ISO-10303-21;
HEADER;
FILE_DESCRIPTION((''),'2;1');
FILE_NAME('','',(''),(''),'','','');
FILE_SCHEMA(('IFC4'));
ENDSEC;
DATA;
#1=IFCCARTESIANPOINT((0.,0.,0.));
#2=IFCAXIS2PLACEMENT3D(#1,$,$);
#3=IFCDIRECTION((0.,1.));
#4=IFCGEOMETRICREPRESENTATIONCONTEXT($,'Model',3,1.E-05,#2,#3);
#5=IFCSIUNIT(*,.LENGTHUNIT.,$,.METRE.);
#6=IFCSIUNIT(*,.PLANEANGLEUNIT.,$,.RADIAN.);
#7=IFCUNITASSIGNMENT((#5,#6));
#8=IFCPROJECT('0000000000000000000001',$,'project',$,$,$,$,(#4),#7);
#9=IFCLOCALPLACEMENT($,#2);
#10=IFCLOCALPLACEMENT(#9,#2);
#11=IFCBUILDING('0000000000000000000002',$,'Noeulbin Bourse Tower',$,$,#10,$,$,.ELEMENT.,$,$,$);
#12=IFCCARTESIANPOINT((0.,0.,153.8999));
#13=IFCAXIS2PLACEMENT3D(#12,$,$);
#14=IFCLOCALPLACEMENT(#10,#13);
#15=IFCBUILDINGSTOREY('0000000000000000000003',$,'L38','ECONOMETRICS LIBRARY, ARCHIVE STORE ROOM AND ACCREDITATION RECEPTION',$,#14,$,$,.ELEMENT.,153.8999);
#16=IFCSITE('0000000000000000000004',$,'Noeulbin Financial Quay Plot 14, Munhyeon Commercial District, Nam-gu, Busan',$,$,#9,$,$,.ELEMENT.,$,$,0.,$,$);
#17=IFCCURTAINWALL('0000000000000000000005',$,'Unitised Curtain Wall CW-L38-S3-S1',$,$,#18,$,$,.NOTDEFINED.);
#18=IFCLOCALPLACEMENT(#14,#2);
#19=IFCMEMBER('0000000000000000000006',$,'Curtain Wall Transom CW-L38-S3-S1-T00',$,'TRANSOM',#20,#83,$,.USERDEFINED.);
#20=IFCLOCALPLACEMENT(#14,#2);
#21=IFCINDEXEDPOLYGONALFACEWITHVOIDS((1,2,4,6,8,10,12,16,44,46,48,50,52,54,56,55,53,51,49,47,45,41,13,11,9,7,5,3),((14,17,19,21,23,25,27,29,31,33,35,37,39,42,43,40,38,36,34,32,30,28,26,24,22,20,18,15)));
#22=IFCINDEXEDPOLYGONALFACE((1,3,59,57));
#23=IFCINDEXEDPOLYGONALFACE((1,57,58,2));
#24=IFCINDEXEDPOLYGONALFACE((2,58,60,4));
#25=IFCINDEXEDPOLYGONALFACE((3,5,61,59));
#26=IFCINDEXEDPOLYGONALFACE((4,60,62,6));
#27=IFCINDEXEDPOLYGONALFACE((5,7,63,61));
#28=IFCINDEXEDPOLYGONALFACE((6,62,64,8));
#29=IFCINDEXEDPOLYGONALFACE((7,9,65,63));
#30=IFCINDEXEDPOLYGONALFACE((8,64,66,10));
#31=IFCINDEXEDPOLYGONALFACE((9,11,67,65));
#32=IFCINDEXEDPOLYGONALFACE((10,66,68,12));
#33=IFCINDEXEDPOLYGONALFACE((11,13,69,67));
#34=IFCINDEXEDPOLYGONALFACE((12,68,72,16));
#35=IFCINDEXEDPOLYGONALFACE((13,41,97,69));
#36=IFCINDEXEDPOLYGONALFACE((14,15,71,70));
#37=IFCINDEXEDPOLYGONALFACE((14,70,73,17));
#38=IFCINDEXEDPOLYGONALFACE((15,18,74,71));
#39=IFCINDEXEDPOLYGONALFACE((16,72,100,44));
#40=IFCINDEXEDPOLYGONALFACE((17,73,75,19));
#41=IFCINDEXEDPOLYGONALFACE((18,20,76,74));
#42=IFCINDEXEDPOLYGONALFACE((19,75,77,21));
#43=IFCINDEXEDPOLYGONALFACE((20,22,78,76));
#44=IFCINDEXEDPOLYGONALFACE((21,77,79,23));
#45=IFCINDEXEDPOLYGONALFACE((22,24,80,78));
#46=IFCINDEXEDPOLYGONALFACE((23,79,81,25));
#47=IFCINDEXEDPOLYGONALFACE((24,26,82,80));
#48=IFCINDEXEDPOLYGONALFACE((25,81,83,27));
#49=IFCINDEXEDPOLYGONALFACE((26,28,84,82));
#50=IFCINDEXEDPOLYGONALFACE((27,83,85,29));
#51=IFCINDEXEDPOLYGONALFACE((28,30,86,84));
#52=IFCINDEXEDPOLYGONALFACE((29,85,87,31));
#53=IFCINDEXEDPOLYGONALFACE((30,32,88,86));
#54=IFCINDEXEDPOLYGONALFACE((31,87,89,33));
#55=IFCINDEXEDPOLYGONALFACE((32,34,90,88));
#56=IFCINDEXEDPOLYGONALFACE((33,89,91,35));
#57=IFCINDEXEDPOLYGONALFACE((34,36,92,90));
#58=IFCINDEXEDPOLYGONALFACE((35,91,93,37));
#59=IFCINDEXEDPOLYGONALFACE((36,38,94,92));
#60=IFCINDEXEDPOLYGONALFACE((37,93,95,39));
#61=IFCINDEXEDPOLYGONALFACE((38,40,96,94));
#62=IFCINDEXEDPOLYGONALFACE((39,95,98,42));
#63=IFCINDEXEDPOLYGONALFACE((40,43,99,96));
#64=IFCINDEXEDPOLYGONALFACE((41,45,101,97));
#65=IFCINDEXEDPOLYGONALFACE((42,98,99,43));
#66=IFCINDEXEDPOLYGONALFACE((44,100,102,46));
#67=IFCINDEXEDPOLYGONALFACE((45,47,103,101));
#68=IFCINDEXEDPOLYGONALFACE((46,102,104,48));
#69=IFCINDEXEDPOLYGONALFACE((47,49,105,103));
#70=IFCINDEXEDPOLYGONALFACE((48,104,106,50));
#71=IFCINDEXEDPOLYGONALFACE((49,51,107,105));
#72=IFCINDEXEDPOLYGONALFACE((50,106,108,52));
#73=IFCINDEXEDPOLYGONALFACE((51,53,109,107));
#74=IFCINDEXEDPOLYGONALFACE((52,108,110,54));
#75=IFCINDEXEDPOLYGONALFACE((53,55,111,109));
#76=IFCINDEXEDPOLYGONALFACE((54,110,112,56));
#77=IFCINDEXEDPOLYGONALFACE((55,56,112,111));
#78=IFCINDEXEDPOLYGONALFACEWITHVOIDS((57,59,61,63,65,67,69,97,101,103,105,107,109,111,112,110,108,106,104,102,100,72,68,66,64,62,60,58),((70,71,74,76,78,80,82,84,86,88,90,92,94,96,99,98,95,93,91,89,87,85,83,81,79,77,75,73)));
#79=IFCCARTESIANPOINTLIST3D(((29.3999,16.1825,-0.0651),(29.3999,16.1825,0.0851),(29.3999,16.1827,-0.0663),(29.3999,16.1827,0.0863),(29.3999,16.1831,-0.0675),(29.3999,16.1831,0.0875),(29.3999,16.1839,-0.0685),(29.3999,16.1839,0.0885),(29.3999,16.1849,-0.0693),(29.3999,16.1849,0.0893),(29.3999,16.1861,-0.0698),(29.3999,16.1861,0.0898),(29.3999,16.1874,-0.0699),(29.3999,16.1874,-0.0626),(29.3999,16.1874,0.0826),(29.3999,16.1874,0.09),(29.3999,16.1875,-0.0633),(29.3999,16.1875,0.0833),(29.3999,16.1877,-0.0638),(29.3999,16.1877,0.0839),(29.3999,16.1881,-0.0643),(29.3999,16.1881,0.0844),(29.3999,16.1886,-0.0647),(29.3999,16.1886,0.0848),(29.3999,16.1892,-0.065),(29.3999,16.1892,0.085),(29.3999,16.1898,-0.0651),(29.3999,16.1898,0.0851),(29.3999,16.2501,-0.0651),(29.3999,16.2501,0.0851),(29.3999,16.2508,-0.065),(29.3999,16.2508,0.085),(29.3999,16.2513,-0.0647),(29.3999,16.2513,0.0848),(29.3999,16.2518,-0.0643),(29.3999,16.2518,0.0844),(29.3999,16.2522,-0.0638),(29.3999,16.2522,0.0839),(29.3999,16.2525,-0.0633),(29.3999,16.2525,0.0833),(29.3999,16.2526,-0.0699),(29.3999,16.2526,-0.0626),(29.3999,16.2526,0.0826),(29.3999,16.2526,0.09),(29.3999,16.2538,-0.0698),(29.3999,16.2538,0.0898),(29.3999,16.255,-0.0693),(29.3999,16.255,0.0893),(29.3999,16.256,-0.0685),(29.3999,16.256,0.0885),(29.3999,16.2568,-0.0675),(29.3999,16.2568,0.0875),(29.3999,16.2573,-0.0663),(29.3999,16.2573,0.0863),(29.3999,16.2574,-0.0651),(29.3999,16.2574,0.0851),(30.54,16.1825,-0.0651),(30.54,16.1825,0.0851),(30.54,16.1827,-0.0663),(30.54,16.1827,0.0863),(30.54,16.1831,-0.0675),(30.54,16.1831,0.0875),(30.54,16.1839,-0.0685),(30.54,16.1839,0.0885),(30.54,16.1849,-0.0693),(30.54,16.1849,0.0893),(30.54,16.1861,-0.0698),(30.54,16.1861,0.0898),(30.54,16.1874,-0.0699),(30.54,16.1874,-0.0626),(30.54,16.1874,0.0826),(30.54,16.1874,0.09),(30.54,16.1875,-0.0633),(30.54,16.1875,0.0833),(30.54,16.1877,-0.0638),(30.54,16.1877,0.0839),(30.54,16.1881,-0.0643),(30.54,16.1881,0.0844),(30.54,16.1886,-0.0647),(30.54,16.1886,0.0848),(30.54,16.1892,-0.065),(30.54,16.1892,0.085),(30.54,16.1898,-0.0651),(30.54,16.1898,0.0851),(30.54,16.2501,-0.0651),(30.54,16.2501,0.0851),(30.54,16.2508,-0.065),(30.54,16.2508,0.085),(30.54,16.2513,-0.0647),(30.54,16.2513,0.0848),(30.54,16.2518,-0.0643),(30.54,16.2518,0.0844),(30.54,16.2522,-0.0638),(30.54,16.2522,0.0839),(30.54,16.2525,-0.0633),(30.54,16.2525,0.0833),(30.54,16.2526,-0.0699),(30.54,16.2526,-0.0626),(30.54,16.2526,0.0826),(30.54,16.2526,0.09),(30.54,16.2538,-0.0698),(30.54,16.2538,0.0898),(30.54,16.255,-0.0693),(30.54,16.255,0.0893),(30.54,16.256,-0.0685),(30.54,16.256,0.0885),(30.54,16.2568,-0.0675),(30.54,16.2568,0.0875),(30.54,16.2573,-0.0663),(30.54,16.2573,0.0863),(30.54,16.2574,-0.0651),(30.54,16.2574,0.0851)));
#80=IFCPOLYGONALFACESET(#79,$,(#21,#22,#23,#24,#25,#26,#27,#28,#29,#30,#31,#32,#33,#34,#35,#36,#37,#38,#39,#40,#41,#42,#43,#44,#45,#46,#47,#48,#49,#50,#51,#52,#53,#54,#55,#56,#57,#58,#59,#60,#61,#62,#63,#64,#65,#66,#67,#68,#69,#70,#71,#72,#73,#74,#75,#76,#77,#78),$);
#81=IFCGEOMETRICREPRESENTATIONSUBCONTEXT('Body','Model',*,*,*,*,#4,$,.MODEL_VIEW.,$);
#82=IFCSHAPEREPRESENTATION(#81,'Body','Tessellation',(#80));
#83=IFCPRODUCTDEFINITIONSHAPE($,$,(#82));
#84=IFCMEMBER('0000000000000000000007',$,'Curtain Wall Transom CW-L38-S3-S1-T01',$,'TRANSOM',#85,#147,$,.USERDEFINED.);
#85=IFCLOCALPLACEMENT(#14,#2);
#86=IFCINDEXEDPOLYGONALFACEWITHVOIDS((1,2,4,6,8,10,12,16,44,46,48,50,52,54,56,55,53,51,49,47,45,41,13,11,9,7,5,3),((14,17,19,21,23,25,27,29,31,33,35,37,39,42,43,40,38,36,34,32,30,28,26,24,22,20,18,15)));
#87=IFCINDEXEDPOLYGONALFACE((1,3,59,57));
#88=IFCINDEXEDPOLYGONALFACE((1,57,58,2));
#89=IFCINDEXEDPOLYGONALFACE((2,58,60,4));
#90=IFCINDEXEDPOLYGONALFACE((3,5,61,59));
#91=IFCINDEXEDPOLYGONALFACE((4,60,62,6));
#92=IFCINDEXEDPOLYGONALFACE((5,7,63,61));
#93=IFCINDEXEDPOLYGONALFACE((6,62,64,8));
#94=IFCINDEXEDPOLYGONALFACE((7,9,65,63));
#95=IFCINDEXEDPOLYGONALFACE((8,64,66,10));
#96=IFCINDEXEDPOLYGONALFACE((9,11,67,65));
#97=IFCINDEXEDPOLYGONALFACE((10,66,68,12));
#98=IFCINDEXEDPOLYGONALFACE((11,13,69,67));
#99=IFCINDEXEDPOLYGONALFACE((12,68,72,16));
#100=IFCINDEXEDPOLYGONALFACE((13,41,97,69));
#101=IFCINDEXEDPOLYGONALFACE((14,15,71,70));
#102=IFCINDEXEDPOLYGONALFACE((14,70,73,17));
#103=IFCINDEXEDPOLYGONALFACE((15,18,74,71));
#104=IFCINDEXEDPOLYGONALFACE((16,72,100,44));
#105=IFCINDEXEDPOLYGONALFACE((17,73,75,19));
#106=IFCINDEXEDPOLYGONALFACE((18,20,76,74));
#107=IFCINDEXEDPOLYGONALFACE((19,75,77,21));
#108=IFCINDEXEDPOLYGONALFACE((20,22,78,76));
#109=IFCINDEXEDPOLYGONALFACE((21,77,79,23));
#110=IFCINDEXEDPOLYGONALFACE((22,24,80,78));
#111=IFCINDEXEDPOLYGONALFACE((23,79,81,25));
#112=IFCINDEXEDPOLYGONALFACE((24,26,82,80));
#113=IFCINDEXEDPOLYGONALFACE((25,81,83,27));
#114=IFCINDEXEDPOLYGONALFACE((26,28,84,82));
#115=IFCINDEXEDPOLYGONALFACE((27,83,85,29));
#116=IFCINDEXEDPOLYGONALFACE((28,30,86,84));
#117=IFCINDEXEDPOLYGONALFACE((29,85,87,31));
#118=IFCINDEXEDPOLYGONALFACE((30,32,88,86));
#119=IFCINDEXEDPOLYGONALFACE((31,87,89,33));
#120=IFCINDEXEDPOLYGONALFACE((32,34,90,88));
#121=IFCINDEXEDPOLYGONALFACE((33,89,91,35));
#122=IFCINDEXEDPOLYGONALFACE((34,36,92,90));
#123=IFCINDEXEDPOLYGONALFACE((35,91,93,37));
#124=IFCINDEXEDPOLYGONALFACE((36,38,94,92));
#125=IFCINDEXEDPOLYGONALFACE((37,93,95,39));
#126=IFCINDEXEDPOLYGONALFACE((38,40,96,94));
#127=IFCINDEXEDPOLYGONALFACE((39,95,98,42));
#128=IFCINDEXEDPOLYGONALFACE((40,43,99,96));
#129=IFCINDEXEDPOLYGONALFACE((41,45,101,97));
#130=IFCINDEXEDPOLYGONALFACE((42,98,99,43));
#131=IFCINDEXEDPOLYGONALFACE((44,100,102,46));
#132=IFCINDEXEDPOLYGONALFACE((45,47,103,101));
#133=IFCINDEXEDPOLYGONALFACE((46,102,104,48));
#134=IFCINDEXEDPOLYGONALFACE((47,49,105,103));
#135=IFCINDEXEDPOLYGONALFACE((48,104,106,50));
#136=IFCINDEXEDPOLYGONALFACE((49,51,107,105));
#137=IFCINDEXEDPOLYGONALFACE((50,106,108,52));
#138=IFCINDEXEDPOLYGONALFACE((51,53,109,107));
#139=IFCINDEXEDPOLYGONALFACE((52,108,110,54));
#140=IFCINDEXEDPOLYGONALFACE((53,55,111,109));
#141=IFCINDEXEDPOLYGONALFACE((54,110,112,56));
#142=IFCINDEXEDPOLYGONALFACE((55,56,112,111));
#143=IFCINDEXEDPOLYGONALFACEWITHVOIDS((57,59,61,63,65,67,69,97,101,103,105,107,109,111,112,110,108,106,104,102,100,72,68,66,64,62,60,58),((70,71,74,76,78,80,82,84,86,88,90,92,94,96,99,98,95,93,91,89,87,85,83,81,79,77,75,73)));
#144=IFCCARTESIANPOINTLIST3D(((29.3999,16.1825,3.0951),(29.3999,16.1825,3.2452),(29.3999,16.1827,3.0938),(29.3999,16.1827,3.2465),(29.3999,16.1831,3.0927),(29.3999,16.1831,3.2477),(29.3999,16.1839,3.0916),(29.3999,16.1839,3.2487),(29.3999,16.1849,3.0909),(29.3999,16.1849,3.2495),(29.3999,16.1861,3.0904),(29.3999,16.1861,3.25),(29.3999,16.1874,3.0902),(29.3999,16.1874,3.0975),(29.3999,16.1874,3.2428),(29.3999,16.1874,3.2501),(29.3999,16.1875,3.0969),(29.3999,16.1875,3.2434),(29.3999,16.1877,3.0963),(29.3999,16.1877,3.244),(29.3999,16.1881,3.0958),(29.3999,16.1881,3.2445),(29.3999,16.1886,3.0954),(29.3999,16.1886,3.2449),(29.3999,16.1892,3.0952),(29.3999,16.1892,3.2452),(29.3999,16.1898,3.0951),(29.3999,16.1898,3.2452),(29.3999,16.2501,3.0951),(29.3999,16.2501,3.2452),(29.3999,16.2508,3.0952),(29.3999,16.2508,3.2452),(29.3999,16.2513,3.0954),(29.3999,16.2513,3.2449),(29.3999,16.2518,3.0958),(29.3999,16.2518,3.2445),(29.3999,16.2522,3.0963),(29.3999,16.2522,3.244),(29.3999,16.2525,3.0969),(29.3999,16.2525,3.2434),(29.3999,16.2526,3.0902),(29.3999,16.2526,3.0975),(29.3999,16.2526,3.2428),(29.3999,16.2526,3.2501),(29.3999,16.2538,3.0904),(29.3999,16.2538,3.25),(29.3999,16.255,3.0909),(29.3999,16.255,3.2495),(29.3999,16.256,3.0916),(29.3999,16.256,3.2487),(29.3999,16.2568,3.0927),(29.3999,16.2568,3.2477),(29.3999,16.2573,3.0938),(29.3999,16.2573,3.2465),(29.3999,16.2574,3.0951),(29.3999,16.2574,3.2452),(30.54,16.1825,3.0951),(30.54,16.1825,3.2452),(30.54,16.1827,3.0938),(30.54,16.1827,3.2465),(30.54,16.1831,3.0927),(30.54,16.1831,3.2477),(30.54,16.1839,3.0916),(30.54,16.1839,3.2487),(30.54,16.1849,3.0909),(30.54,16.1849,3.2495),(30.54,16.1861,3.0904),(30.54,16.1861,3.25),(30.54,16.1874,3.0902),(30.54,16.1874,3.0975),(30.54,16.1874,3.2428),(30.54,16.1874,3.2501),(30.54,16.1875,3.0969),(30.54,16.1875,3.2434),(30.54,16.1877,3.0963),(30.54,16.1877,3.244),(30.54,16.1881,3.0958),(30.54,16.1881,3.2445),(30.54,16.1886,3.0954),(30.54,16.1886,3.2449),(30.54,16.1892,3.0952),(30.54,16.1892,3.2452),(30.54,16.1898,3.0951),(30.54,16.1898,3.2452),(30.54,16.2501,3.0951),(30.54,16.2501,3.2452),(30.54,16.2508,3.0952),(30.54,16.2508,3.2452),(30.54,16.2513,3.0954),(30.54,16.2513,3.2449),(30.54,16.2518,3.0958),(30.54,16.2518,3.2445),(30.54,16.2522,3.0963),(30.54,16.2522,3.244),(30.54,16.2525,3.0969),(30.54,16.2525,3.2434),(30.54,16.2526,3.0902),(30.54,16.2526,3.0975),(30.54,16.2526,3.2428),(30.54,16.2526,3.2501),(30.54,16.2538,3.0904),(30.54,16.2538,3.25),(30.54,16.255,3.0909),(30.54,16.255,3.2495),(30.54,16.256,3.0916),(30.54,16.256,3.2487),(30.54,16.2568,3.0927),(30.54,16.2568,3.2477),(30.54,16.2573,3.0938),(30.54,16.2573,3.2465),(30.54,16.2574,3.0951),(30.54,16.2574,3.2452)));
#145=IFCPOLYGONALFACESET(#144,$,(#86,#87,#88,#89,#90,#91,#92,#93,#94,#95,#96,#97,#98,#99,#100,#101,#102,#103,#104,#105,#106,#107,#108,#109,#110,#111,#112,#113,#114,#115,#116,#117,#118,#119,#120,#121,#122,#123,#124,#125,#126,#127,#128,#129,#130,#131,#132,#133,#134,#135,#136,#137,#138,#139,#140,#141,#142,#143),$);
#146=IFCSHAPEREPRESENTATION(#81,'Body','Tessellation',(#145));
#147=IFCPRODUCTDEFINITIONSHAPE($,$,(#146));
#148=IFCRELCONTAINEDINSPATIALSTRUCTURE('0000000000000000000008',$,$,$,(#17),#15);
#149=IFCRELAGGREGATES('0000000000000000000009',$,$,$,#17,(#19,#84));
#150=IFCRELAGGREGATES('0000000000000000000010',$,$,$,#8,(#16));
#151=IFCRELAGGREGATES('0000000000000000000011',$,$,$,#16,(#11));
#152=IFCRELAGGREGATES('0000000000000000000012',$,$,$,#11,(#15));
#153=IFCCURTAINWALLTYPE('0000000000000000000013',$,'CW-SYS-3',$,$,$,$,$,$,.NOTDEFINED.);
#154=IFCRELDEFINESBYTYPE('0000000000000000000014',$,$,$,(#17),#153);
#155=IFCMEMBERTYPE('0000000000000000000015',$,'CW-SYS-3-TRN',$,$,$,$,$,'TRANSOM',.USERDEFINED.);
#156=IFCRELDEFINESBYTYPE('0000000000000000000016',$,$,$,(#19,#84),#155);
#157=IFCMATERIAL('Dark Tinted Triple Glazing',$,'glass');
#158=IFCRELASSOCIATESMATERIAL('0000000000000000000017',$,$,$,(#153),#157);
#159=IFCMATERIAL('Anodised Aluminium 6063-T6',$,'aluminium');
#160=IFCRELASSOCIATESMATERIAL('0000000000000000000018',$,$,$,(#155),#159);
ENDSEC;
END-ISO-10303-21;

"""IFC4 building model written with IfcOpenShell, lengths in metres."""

from ifc_helpers import new_model, si_unit, direction, frame, origin, origin_2d, place, context, subcontext, project, spatial, hollow_rectangle, extrude, material, material_profile, profile_set, type_object, element, aggregate, save


model = new_model("IFC4")

# Units and contexts
model_context = context("Model", 3, precision=1e-05, world=origin(), true_north=direction((0.0, 1.0)))
body_context = subcontext(model_context, "Body", "Model", "MODEL_VIEW")
ifc_project = project(units=[si_unit("LENGTHUNIT", "METRE"), si_unit("PLANEANGLEUNIT", "RADIAN")], contexts=[model_context])

# Site, building, storey
site_placement = place(None, origin())
site = spatial("IfcSite", under=ifc_project, at=site_placement, Name="Noeulbin Financial Quay Plot 14, Munhyeon Commercial District, Nam-gu, Busan", CompositionType="ELEMENT", RefElevation=0.0)
building_placement = place(site_placement, origin())
building = spatial("IfcBuilding", under=site, at=building_placement, Name="Noeulbin Bourse Tower", CompositionType="ELEMENT")
storey_placement = place(building_placement, frame((0.0, 0.0, 153.8999)))
storey = spatial("IfcBuildingStorey", under=building, at=storey_placement, Name="L38", Description="ECONOMETRICS LIBRARY, ARCHIVE STORE ROOM AND ACCREDITATION RECEPTION", CompositionType="ELEMENT", Elevation=153.8999)

# Curtain wall
ifc_material_1 = material(Name="Dark Tinted Triple Glazing", Category="glass")
curtain_wall_type = type_object("IfcCurtainWallType", Name="CW-SYS-3", PredefinedType="NOTDEFINED", material=ifc_material_1)
curtain_wall_1_placement = place(storey_placement, origin())
curtain_wall_1 = element("IfcCurtainWall", 1, at=curtain_wall_1_placement, inside=storey, type_object=curtain_wall_type, Name="Unitised Curtain Wall CW-L38-S3-S1", PredefinedType="NOTDEFINED")
ifc_material_2 = material(Name="Anodised Aluminium 6063-T6", Category="aluminium")

# Members
ifc_material_profile_1 = material_profile(ifc_material_2, hollow_rectangle(XDim=0.075, YDim=0.1599, WallThickness=0.0049, InnerFilletRadius=0.0024, OuterFilletRadius=0.0049, at=origin_2d()), Name="ALU-TRAN-75x160x5", Category="LoadBearing")
ifc_profile_set_1 = profile_set([ifc_material_profile_1], Name="Anodised Aluminium 6063-T6")
member_type_1 = type_object("IfcMemberType", Name="CW-SYS-3-TRN", ElementType="TRANSOM", PredefinedType="USERDEFINED", material=ifc_profile_set_1)
member_1_placement = place(storey_placement, frame((29.3999, 16.22, 0.01), z_axis=(1.0, 0.0, 0.0), x_axis=(0.0, 1.0, 0.0)))
member_1 = element("IfcMember", 2, at=member_1_placement, type_object=member_type_1, Name="Curtain Wall Transom CW-L38-S3-S1-T00", ObjectType="TRANSOM", PredefinedType="USERDEFINED", context=body_context, shape_type="SweptSolid", body=[
    extrude(hollow_rectangle(XDim=0.075, YDim=0.1599, WallThickness=0.0049, InnerFilletRadius=0.0024, OuterFilletRadius=0.0049, at=origin_2d()), origin(), (0.0, 0.0, 1.0), 1.1401),
])
member_2_placement = place(storey_placement, frame((29.3999, 16.22, 3.1702), z_axis=(1.0, 0.0, 0.0), x_axis=(0.0, 1.0, 0.0)))
member_2 = element("IfcMember", 3, at=member_2_placement, type_object=member_type_1, Name="Curtain Wall Transom CW-L38-S3-S1-T01", ObjectType="TRANSOM", PredefinedType="USERDEFINED", context=body_context, shape_type="SweptSolid", body=[
    extrude(hollow_rectangle(XDim=0.075, YDim=0.1599, WallThickness=0.0049, InnerFilletRadius=0.0024, OuterFilletRadius=0.0049, at=origin_2d()), origin(), (0.0, 0.0, 1.0), 1.1401),
])

aggregate(curtain_wall_1, [member_1, member_2])

save(model, "model.ifc")
